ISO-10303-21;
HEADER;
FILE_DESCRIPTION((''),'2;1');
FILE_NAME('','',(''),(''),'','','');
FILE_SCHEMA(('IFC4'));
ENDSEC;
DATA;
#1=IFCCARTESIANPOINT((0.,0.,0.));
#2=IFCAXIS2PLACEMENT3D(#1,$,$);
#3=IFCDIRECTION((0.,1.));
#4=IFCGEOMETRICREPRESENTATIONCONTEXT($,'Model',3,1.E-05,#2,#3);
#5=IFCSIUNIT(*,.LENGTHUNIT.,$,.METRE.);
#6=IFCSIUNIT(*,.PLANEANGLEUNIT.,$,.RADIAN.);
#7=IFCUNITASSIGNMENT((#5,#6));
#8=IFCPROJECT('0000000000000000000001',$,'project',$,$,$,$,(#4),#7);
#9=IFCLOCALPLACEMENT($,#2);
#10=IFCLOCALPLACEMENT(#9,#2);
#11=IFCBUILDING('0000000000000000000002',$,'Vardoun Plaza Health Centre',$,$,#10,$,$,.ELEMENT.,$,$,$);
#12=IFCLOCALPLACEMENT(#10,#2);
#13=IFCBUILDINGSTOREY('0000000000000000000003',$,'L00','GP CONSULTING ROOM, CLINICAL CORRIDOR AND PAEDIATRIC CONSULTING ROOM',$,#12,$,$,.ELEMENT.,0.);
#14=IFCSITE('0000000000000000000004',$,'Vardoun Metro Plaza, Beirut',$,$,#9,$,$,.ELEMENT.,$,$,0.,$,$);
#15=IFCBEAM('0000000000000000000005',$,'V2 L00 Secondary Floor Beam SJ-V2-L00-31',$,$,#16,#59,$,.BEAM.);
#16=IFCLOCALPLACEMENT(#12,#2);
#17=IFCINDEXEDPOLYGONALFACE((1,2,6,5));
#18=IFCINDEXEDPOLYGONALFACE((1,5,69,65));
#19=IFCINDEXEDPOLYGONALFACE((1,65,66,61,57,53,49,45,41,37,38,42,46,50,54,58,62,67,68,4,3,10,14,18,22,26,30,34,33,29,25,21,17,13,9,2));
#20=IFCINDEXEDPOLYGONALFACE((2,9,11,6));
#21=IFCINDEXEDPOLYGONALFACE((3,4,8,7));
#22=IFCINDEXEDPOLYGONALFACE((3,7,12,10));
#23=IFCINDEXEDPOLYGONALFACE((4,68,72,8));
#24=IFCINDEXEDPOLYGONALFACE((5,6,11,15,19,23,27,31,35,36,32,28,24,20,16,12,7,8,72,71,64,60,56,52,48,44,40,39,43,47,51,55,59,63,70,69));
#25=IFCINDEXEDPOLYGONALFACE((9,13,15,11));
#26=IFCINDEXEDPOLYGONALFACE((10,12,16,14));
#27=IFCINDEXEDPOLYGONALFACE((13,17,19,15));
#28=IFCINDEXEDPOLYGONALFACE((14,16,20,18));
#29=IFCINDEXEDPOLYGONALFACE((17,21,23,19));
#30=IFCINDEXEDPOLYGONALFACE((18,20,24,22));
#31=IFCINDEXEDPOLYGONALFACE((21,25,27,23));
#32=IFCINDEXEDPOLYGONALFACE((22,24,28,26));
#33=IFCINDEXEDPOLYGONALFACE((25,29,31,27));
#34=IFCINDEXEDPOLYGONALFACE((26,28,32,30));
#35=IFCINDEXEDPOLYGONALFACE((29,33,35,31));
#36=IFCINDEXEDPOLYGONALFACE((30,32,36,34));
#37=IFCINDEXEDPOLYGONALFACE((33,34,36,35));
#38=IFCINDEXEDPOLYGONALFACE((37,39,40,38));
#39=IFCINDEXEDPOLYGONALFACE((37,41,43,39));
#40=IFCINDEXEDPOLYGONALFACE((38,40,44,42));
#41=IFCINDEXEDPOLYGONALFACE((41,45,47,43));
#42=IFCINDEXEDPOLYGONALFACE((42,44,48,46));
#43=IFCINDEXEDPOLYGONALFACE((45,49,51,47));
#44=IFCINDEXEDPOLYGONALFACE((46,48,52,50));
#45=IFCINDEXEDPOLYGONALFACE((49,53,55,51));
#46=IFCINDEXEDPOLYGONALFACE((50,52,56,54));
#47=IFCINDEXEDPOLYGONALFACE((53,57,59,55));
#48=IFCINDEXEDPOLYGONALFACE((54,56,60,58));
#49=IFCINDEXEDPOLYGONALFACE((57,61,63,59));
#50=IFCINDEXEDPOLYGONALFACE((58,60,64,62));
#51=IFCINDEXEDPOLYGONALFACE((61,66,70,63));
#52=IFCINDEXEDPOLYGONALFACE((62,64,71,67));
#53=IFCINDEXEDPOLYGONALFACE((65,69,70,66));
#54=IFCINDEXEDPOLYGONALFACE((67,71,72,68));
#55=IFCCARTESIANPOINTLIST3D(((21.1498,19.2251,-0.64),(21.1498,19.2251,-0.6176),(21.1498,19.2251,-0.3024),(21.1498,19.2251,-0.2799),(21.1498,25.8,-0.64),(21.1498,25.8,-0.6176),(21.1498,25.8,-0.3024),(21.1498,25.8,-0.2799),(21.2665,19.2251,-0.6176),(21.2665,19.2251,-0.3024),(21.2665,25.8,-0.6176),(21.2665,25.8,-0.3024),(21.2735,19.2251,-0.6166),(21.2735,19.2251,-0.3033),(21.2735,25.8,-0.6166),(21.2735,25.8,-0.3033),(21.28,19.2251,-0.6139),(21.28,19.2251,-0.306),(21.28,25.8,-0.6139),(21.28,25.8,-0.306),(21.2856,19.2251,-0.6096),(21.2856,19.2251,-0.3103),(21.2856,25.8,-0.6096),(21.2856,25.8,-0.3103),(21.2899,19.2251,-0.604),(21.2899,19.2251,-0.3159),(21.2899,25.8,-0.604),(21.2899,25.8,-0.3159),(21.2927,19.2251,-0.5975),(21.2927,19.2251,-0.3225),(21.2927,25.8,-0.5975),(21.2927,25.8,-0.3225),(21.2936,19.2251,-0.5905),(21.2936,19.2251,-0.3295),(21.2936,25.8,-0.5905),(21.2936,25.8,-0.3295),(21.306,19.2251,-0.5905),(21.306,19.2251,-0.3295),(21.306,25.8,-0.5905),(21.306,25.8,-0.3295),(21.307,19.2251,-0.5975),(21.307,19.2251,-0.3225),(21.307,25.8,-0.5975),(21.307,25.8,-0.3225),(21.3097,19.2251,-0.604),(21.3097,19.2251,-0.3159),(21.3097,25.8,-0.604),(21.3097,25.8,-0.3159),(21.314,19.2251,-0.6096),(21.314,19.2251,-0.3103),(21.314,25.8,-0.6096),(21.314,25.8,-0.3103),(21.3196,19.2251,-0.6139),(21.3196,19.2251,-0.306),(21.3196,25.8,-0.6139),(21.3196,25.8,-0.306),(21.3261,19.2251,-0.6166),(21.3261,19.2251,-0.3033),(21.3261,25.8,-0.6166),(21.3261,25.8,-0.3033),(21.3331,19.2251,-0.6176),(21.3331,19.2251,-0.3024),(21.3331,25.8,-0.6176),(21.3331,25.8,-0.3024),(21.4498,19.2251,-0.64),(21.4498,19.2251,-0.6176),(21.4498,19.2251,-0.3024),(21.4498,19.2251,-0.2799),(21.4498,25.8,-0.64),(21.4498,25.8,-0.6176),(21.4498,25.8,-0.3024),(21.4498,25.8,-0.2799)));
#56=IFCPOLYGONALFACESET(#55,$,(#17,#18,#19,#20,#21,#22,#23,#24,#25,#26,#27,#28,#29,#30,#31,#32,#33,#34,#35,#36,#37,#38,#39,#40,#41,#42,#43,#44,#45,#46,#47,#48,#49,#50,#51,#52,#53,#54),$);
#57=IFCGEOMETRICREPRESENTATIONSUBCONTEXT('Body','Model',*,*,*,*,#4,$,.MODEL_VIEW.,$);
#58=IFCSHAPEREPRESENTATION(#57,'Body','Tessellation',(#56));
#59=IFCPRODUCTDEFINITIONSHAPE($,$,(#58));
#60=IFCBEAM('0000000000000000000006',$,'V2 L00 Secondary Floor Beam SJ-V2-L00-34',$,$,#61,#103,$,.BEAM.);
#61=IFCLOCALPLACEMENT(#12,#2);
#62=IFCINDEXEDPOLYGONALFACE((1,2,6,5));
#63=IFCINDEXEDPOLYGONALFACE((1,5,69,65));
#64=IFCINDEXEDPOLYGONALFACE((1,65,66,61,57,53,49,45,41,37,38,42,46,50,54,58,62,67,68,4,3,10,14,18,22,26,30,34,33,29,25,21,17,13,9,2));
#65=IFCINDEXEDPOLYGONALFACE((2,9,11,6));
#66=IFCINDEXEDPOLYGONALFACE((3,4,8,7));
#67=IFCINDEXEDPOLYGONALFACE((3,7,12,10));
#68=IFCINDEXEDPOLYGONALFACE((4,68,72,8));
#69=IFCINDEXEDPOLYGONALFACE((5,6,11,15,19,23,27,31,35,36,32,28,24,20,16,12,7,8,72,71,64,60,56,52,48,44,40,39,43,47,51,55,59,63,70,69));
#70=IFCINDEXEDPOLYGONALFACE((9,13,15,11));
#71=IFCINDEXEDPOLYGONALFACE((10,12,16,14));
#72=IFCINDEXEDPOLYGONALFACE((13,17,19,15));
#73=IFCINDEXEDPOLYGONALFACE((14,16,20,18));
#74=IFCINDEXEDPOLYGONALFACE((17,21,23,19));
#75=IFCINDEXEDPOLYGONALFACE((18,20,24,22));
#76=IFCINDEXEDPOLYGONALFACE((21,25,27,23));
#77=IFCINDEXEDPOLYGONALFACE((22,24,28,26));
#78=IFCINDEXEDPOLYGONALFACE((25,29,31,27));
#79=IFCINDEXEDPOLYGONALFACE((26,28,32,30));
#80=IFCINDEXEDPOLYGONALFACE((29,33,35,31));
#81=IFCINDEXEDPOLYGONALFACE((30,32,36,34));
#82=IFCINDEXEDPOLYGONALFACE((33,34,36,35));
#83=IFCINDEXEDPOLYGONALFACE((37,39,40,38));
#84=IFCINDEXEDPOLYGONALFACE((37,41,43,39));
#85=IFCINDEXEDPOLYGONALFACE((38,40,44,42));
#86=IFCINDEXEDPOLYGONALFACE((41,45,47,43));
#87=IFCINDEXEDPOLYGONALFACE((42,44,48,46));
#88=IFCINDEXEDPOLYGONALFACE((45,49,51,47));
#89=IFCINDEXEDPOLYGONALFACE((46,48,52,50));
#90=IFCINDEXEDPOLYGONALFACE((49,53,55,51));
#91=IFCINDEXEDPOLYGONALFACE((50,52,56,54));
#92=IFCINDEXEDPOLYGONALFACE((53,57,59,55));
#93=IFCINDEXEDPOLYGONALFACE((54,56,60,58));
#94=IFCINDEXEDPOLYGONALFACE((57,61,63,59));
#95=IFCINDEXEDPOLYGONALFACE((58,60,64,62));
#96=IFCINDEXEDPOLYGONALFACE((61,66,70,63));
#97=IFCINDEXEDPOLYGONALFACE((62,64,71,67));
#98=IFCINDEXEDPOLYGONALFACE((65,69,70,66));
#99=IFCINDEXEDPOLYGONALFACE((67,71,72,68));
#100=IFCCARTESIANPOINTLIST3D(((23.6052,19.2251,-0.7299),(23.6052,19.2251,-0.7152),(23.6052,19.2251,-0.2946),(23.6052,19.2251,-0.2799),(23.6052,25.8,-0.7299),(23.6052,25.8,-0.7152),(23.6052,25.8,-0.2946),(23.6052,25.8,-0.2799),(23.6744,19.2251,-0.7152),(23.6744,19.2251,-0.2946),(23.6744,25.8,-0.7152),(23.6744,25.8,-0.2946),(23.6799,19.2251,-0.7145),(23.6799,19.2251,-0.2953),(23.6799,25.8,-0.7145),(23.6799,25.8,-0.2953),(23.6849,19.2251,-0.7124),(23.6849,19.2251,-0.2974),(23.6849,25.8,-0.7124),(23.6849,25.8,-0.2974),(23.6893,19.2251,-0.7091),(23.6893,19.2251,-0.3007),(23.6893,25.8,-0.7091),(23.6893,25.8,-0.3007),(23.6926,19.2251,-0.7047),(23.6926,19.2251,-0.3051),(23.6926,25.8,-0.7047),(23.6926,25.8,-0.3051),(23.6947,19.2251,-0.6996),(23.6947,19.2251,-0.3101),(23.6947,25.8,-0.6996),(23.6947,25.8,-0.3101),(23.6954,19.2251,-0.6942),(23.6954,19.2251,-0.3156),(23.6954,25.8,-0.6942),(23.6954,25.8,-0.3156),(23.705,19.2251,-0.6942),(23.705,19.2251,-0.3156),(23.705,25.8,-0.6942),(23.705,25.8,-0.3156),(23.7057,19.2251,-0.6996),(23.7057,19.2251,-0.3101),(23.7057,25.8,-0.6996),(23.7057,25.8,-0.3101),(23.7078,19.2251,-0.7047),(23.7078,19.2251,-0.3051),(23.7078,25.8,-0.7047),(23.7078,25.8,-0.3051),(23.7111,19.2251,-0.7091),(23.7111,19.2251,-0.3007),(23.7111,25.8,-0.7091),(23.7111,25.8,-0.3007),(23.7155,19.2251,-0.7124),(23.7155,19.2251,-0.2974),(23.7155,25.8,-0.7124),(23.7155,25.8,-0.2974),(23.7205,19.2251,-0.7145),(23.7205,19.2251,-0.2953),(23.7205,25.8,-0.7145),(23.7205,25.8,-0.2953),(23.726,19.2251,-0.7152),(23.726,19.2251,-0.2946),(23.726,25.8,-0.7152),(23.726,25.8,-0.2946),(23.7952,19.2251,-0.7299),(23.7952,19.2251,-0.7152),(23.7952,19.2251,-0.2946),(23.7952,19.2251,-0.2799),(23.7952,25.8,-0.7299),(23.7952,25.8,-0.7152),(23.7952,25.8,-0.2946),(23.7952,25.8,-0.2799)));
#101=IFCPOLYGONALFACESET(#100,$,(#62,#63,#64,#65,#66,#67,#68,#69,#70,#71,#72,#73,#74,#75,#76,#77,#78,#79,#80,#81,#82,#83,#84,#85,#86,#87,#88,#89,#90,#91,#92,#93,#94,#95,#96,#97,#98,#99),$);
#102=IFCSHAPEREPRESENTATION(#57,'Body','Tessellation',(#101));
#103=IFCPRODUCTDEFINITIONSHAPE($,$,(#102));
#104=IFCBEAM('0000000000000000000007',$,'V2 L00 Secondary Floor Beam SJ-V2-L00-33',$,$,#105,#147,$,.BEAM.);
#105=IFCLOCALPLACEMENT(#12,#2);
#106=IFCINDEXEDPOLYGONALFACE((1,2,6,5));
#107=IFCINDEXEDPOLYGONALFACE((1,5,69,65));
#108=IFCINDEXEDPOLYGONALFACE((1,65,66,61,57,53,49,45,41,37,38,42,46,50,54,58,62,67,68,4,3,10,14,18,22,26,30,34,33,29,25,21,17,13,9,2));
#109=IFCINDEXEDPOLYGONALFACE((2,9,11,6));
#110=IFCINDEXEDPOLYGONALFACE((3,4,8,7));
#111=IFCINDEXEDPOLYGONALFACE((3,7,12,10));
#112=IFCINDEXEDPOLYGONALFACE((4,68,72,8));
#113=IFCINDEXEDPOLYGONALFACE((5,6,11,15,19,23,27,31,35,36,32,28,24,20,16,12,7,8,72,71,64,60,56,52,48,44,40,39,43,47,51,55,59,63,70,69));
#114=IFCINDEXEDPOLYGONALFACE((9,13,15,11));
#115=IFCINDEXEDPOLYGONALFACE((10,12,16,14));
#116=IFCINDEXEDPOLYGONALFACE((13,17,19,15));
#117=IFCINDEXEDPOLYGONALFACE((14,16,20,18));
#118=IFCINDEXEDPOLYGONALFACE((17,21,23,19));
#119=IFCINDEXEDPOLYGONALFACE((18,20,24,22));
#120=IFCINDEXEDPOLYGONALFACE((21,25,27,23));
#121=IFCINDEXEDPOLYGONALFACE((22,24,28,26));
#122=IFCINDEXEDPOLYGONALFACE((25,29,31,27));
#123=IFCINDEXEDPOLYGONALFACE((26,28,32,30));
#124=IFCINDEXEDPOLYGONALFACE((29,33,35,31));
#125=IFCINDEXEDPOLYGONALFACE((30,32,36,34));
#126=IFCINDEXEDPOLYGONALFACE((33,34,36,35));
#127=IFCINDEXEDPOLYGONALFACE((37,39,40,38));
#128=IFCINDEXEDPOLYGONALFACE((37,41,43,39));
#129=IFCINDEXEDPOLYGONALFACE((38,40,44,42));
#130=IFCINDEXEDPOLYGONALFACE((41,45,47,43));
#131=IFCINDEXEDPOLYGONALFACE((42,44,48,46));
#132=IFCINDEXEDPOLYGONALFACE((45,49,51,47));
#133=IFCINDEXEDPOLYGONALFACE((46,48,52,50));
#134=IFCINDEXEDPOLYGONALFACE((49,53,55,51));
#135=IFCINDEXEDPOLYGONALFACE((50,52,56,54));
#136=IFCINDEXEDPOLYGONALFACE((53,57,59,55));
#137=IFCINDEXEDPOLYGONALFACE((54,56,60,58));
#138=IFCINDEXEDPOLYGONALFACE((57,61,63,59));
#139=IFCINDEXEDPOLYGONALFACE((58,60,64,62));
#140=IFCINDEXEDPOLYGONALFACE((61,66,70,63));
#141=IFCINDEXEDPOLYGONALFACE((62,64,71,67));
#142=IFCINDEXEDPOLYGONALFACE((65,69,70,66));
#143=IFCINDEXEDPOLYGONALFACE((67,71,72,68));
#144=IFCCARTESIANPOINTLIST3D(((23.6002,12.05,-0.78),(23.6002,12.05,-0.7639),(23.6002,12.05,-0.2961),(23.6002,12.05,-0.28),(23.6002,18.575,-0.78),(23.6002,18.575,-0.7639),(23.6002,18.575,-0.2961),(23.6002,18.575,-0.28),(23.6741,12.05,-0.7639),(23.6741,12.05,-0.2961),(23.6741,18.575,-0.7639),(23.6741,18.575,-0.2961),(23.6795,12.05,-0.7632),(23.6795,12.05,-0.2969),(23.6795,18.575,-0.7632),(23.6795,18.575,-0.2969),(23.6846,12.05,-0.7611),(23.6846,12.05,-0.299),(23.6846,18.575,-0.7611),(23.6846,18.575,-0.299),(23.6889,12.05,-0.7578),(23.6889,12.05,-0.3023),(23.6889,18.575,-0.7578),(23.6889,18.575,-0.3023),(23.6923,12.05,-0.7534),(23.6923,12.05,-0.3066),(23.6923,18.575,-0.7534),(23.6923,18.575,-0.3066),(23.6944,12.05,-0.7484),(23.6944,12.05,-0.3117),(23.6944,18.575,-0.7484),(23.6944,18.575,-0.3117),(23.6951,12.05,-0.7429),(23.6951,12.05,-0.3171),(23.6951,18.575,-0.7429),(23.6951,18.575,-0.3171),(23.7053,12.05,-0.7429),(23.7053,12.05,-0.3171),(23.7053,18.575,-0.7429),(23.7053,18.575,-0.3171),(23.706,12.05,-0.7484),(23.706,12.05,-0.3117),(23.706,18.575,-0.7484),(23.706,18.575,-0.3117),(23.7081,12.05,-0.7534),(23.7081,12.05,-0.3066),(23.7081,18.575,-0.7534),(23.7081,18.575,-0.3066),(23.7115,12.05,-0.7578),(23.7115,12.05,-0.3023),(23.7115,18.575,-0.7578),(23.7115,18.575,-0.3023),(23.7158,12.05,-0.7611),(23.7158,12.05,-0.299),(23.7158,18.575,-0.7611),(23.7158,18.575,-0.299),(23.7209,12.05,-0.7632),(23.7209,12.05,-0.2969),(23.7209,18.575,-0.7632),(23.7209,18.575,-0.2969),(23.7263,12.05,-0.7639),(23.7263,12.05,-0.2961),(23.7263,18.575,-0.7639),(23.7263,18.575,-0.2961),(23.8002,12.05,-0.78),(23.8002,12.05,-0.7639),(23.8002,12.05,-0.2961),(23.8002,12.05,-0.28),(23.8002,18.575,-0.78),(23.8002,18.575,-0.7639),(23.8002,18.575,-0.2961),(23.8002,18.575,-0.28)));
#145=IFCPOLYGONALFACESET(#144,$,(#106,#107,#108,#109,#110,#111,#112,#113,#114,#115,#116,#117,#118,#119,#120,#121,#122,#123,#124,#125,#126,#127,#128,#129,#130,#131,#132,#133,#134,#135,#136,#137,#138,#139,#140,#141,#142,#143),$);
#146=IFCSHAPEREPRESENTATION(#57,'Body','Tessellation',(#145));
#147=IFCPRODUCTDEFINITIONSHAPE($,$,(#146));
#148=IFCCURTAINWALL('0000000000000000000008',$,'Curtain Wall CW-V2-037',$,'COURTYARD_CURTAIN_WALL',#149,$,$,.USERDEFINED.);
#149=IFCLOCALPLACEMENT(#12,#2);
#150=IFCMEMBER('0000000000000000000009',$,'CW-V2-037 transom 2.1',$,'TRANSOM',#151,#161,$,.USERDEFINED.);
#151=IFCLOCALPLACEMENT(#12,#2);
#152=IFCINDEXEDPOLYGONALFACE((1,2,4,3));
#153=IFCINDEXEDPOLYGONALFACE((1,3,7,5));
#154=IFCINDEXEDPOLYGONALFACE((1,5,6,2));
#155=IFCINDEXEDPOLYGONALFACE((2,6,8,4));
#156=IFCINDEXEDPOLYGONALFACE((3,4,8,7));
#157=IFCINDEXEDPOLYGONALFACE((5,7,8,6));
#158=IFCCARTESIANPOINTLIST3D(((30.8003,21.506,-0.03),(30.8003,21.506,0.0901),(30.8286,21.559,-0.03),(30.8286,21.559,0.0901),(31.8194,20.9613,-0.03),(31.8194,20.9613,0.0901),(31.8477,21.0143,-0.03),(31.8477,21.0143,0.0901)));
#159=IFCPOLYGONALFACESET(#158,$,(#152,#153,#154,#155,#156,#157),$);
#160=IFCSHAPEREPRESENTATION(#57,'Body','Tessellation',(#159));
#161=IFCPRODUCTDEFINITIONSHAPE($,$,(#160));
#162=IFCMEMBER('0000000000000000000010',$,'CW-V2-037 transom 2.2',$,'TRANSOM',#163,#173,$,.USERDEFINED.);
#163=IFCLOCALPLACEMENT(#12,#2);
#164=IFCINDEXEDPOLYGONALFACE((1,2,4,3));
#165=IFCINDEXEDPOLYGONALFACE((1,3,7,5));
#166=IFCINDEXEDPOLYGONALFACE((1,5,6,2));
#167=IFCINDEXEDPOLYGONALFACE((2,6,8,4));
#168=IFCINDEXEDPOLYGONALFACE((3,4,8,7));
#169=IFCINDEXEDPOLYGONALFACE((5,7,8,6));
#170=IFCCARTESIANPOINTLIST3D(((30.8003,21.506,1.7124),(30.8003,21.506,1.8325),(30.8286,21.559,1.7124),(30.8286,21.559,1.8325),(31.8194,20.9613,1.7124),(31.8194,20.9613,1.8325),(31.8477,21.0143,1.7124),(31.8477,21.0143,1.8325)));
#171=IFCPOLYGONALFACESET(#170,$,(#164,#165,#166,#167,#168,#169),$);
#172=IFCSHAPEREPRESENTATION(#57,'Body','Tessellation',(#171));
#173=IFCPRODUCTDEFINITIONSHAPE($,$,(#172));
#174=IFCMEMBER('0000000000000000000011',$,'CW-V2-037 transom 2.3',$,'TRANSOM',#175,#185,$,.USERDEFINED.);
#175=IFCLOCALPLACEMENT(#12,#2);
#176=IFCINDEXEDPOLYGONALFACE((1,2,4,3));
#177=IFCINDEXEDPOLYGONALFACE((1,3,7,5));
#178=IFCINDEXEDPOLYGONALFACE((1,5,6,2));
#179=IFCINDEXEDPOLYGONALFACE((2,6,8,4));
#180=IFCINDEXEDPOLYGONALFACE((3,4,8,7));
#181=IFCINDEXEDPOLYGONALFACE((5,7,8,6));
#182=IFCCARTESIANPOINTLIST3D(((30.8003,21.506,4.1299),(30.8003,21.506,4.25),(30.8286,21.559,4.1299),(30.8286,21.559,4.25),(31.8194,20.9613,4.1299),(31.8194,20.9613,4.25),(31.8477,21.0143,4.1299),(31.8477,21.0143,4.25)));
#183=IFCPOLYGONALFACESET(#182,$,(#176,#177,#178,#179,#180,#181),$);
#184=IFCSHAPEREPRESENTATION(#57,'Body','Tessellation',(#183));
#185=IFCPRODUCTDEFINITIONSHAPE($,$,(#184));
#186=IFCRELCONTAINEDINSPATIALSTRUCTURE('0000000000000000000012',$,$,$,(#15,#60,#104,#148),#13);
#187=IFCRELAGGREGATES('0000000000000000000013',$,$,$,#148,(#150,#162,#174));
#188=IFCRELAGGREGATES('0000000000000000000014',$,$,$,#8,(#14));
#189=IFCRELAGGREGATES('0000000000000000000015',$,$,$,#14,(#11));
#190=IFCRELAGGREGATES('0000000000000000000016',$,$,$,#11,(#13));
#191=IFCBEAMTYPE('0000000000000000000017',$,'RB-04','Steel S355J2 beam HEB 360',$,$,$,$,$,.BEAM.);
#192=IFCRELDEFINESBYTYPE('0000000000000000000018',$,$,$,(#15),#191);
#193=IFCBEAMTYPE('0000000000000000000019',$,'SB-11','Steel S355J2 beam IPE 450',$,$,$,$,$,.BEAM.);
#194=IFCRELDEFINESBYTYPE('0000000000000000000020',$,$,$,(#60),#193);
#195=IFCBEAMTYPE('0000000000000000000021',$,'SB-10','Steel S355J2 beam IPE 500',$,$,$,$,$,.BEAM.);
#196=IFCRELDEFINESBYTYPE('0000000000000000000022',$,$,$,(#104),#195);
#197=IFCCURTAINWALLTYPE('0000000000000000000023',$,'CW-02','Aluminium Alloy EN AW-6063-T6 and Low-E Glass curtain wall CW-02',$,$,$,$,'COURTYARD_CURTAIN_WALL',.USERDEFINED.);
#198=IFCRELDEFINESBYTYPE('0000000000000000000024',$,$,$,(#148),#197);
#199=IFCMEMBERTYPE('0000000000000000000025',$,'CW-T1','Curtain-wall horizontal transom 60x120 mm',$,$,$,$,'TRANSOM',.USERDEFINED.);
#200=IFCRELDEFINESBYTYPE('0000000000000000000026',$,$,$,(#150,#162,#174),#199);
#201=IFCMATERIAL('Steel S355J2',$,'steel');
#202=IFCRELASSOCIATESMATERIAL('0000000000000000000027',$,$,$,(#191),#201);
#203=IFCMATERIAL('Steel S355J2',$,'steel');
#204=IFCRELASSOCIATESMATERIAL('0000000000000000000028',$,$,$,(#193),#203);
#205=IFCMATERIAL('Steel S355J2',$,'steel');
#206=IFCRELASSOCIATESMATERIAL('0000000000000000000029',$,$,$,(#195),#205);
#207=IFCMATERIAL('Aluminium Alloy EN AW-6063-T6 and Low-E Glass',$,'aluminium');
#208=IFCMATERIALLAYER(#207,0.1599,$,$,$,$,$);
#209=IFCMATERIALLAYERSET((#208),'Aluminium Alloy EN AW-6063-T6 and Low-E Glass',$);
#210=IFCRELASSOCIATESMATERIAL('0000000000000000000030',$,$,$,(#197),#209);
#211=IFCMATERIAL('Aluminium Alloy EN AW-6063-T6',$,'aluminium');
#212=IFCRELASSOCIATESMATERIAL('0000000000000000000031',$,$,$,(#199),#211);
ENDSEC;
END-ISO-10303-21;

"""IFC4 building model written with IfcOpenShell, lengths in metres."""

from ifc_helpers import new_model, si_unit, direction, frame, origin, origin_2d, place, context, subcontext, project, spatial, rectangle, i_section, extrude, material, layer, layer_set, material_profile, profile_set, type_object, element, aggregate, save


model = new_model("IFC4")

# Units and contexts
model_context = context("Model", 3, precision=1e-05, world=origin(), true_north=direction((0.0, 1.0)))
body_context = subcontext(model_context, "Body", "Model", "MODEL_VIEW")
ifc_project = project(units=[si_unit("LENGTHUNIT", "METRE"), si_unit("PLANEANGLEUNIT", "RADIAN")], contexts=[model_context])

# Site, building, storey
site_placement = place(None, origin())
site = spatial("IfcSite", under=ifc_project, at=site_placement, Name="Vardoun Metro Plaza, Beirut", CompositionType="ELEMENT", RefElevation=0.0)
building_placement = place(site_placement, origin())
building = spatial("IfcBuilding", under=site, at=building_placement, Name="Vardoun Plaza Health Centre", CompositionType="ELEMENT")
storey_placement = place(building_placement, origin())
storey = spatial("IfcBuildingStorey", under=building, at=storey_placement, Name="L00", Description="GP CONSULTING ROOM, CLINICAL CORRIDOR AND PAEDIATRIC CONSULTING ROOM", CompositionType="ELEMENT", Elevation=0.0)

# Beams
ifc_material_1 = material(Name="Steel S355J2", Category="steel")
ifc_material_profile_1 = material_profile(ifc_material_1, i_section(OverallWidth=0.3, OverallDepth=0.3601, WebThickness=0.0125, FlangeThickness=0.0225, FilletRadius=0.0271, at=origin_2d()), Name="HEB 360")
ifc_profile_set_1 = profile_set([ifc_material_profile_1], Name="Steel S355J2")
beam_type_1 = type_object("IfcBeamType", Name="RB-04", Description="Steel S355J2 beam HEB 360", PredefinedType="BEAM", material=ifc_profile_set_1)
beam_1_placement = place(storey_placement, frame((21.2998, 19.2251, -0.46), z_axis=(0.0, 1.0, 0.0), x_axis=(-1.0, 0.0, 0.0)))
element("IfcBeam", 1, at=beam_1_placement, inside=storey, type_object=beam_type_1, Name="V2 L00 Secondary Floor Beam SJ-V2-L00-31", PredefinedType="BEAM", context=body_context, shape_type="SweptSolid", body=[
    extrude(i_section(OverallWidth=0.3, OverallDepth=0.3601, WebThickness=0.0125, FlangeThickness=0.0225, FilletRadius=0.0271, at=origin_2d()), origin(), (0.0, 0.0, 1.0), 6.575),
])
ifc_material_2 = material(Name="Steel S355J2", Category="steel")
ifc_material_profile_2 = material_profile(ifc_material_2, i_section(OverallWidth=0.1899, OverallDepth=0.45, WebThickness=0.0095, FlangeThickness=0.0146, FilletRadius=0.021, at=origin_2d()), Name="IPE 450")
ifc_profile_set_2 = profile_set([ifc_material_profile_2], Name="Steel S355J2")
beam_type_2 = type_object("IfcBeamType", Name="SB-11", Description="Steel S355J2 beam IPE 450", PredefinedType="BEAM", material=ifc_profile_set_2)
beam_2_placement = place(storey_placement, frame((23.7002, 19.2251, -0.5049), z_axis=(0.0, 1.0, 0.0), x_axis=(-1.0, 0.0, 0.0)))
element("IfcBeam", 2, at=beam_2_placement, inside=storey, type_object=beam_type_2, Name="V2 L00 Secondary Floor Beam SJ-V2-L00-34", PredefinedType="BEAM", context=body_context, shape_type="SweptSolid", body=[
    extrude(i_section(OverallWidth=0.1899, OverallDepth=0.45, WebThickness=0.0095, FlangeThickness=0.0146, FilletRadius=0.021, at=origin_2d()), origin(), (0.0, 0.0, 1.0), 6.575),
])
ifc_material_3 = material(Name="Steel S355J2", Category="steel")
ifc_material_profile_3 = material_profile(ifc_material_3, i_section(OverallWidth=0.2, OverallDepth=0.5, WebThickness=0.0103, FlangeThickness=0.0161, FilletRadius=0.021, at=origin_2d()), Name="IPE 500")
ifc_profile_set_3 = profile_set([ifc_material_profile_3], Name="Steel S355J2")
beam_type_3 = type_object("IfcBeamType", Name="SB-10", Description="Steel S355J2 beam IPE 500", PredefinedType="BEAM", material=ifc_profile_set_3)
beam_3_placement = place(storey_placement, frame((23.7002, 12.05, -0.53), z_axis=(0.0, 1.0, 0.0), x_axis=(-1.0, 0.0, 0.0)))
element("IfcBeam", 3, at=beam_3_placement, inside=storey, type_object=beam_type_3, Name="V2 L00 Secondary Floor Beam SJ-V2-L00-33", PredefinedType="BEAM", context=body_context, shape_type="SweptSolid", body=[
    extrude(i_section(OverallWidth=0.2, OverallDepth=0.5, WebThickness=0.0103, FlangeThickness=0.0161, FilletRadius=0.021, at=origin_2d()), origin(), (0.0, 0.0, 1.0), 6.5249),
])

# Curtain wall, members
ifc_material_4 = material(Name="Aluminium Alloy EN AW-6063-T6 and Low-E Glass", Category="aluminium")
ifc_layer_1 = layer(ifc_material_4, 0.1599)
ifc_layer_set_1 = layer_set([ifc_layer_1], Name="Aluminium Alloy EN AW-6063-T6 and Low-E Glass")
curtain_wall_type = type_object("IfcCurtainWallType", Name="CW-02", Description="Aluminium Alloy EN AW-6063-T6 and Low-E Glass curtain wall CW-02", ElementType="COURTYARD_CURTAIN_WALL", PredefinedType="USERDEFINED", material=ifc_layer_set_1)
curtain_wall_placement = place(storey_placement, origin())
curtain_wall = element("IfcCurtainWall", 4, at=curtain_wall_placement, inside=storey, type_object=curtain_wall_type, Name="Curtain Wall CW-V2-037", ObjectType="COURTYARD_CURTAIN_WALL", PredefinedType="USERDEFINED")
ifc_material_5 = material(Name="Aluminium Alloy EN AW-6063-T6", Category="aluminium")
ifc_material_profile_4 = material_profile(ifc_material_5, rectangle(XDim=0.0601, YDim=0.1201, at=origin_2d()), Name="CWT 60x120")
ifc_profile_set_4 = profile_set([ifc_material_profile_4], Name="Aluminium Alloy EN AW-6063-T6")
member_type = type_object("IfcMemberType", Name="CW-T1", Description="Curtain-wall horizontal transom 60x120 mm", ElementType="TRANSOM", PredefinedType="USERDEFINED", material=ifc_profile_set_4)
member_1_placement = place(storey_placement, frame((30.8145, 21.5325, 0.03), z_axis=(0.881926, -0.471389, 0.0), x_axis=(0.471389, 0.881926, 0.0)))
member_1 = element("IfcMember", 5, at=member_1_placement, type_object=member_type, Name="CW-V2-037 transom 2.1", ObjectType="TRANSOM", PredefinedType="USERDEFINED", context=body_context, shape_type="SweptSolid", body=[
    extrude(rectangle(XDim=0.0601, YDim=0.1201, at=origin_2d()), origin(), (0.0, 0.0, 1.0), 1.1555),
])
member_2_placement = place(storey_placement, frame((30.8145, 21.5325, 1.7725), z_axis=(0.881926, -0.471389, 0.0), x_axis=(0.471389, 0.881926, 0.0)))
member_2 = element("IfcMember", 6, at=member_2_placement, type_object=member_type, Name="CW-V2-037 transom 2.2", ObjectType="TRANSOM", PredefinedType="USERDEFINED", context=body_context, shape_type="SweptSolid", body=[
    extrude(rectangle(XDim=0.0601, YDim=0.1201, at=origin_2d()), origin(), (0.0, 0.0, 1.0), 1.1555),
])
member_3_placement = place(storey_placement, frame((30.8145, 21.5325, 4.1899), z_axis=(0.881926, -0.471389, 0.0), x_axis=(0.471389, 0.881926, 0.0)))
member_3 = element("IfcMember", 7, at=member_3_placement, type_object=member_type, Name="CW-V2-037 transom 2.3", ObjectType="TRANSOM", PredefinedType="USERDEFINED", context=body_context, shape_type="SweptSolid", body=[
    extrude(rectangle(XDim=0.0601, YDim=0.1201, at=origin_2d()), origin(), (0.0, 0.0, 1.0), 1.1555),
])
aggregate(curtain_wall, [member_1, member_2, member_3])

save(model, "model.ifc")
